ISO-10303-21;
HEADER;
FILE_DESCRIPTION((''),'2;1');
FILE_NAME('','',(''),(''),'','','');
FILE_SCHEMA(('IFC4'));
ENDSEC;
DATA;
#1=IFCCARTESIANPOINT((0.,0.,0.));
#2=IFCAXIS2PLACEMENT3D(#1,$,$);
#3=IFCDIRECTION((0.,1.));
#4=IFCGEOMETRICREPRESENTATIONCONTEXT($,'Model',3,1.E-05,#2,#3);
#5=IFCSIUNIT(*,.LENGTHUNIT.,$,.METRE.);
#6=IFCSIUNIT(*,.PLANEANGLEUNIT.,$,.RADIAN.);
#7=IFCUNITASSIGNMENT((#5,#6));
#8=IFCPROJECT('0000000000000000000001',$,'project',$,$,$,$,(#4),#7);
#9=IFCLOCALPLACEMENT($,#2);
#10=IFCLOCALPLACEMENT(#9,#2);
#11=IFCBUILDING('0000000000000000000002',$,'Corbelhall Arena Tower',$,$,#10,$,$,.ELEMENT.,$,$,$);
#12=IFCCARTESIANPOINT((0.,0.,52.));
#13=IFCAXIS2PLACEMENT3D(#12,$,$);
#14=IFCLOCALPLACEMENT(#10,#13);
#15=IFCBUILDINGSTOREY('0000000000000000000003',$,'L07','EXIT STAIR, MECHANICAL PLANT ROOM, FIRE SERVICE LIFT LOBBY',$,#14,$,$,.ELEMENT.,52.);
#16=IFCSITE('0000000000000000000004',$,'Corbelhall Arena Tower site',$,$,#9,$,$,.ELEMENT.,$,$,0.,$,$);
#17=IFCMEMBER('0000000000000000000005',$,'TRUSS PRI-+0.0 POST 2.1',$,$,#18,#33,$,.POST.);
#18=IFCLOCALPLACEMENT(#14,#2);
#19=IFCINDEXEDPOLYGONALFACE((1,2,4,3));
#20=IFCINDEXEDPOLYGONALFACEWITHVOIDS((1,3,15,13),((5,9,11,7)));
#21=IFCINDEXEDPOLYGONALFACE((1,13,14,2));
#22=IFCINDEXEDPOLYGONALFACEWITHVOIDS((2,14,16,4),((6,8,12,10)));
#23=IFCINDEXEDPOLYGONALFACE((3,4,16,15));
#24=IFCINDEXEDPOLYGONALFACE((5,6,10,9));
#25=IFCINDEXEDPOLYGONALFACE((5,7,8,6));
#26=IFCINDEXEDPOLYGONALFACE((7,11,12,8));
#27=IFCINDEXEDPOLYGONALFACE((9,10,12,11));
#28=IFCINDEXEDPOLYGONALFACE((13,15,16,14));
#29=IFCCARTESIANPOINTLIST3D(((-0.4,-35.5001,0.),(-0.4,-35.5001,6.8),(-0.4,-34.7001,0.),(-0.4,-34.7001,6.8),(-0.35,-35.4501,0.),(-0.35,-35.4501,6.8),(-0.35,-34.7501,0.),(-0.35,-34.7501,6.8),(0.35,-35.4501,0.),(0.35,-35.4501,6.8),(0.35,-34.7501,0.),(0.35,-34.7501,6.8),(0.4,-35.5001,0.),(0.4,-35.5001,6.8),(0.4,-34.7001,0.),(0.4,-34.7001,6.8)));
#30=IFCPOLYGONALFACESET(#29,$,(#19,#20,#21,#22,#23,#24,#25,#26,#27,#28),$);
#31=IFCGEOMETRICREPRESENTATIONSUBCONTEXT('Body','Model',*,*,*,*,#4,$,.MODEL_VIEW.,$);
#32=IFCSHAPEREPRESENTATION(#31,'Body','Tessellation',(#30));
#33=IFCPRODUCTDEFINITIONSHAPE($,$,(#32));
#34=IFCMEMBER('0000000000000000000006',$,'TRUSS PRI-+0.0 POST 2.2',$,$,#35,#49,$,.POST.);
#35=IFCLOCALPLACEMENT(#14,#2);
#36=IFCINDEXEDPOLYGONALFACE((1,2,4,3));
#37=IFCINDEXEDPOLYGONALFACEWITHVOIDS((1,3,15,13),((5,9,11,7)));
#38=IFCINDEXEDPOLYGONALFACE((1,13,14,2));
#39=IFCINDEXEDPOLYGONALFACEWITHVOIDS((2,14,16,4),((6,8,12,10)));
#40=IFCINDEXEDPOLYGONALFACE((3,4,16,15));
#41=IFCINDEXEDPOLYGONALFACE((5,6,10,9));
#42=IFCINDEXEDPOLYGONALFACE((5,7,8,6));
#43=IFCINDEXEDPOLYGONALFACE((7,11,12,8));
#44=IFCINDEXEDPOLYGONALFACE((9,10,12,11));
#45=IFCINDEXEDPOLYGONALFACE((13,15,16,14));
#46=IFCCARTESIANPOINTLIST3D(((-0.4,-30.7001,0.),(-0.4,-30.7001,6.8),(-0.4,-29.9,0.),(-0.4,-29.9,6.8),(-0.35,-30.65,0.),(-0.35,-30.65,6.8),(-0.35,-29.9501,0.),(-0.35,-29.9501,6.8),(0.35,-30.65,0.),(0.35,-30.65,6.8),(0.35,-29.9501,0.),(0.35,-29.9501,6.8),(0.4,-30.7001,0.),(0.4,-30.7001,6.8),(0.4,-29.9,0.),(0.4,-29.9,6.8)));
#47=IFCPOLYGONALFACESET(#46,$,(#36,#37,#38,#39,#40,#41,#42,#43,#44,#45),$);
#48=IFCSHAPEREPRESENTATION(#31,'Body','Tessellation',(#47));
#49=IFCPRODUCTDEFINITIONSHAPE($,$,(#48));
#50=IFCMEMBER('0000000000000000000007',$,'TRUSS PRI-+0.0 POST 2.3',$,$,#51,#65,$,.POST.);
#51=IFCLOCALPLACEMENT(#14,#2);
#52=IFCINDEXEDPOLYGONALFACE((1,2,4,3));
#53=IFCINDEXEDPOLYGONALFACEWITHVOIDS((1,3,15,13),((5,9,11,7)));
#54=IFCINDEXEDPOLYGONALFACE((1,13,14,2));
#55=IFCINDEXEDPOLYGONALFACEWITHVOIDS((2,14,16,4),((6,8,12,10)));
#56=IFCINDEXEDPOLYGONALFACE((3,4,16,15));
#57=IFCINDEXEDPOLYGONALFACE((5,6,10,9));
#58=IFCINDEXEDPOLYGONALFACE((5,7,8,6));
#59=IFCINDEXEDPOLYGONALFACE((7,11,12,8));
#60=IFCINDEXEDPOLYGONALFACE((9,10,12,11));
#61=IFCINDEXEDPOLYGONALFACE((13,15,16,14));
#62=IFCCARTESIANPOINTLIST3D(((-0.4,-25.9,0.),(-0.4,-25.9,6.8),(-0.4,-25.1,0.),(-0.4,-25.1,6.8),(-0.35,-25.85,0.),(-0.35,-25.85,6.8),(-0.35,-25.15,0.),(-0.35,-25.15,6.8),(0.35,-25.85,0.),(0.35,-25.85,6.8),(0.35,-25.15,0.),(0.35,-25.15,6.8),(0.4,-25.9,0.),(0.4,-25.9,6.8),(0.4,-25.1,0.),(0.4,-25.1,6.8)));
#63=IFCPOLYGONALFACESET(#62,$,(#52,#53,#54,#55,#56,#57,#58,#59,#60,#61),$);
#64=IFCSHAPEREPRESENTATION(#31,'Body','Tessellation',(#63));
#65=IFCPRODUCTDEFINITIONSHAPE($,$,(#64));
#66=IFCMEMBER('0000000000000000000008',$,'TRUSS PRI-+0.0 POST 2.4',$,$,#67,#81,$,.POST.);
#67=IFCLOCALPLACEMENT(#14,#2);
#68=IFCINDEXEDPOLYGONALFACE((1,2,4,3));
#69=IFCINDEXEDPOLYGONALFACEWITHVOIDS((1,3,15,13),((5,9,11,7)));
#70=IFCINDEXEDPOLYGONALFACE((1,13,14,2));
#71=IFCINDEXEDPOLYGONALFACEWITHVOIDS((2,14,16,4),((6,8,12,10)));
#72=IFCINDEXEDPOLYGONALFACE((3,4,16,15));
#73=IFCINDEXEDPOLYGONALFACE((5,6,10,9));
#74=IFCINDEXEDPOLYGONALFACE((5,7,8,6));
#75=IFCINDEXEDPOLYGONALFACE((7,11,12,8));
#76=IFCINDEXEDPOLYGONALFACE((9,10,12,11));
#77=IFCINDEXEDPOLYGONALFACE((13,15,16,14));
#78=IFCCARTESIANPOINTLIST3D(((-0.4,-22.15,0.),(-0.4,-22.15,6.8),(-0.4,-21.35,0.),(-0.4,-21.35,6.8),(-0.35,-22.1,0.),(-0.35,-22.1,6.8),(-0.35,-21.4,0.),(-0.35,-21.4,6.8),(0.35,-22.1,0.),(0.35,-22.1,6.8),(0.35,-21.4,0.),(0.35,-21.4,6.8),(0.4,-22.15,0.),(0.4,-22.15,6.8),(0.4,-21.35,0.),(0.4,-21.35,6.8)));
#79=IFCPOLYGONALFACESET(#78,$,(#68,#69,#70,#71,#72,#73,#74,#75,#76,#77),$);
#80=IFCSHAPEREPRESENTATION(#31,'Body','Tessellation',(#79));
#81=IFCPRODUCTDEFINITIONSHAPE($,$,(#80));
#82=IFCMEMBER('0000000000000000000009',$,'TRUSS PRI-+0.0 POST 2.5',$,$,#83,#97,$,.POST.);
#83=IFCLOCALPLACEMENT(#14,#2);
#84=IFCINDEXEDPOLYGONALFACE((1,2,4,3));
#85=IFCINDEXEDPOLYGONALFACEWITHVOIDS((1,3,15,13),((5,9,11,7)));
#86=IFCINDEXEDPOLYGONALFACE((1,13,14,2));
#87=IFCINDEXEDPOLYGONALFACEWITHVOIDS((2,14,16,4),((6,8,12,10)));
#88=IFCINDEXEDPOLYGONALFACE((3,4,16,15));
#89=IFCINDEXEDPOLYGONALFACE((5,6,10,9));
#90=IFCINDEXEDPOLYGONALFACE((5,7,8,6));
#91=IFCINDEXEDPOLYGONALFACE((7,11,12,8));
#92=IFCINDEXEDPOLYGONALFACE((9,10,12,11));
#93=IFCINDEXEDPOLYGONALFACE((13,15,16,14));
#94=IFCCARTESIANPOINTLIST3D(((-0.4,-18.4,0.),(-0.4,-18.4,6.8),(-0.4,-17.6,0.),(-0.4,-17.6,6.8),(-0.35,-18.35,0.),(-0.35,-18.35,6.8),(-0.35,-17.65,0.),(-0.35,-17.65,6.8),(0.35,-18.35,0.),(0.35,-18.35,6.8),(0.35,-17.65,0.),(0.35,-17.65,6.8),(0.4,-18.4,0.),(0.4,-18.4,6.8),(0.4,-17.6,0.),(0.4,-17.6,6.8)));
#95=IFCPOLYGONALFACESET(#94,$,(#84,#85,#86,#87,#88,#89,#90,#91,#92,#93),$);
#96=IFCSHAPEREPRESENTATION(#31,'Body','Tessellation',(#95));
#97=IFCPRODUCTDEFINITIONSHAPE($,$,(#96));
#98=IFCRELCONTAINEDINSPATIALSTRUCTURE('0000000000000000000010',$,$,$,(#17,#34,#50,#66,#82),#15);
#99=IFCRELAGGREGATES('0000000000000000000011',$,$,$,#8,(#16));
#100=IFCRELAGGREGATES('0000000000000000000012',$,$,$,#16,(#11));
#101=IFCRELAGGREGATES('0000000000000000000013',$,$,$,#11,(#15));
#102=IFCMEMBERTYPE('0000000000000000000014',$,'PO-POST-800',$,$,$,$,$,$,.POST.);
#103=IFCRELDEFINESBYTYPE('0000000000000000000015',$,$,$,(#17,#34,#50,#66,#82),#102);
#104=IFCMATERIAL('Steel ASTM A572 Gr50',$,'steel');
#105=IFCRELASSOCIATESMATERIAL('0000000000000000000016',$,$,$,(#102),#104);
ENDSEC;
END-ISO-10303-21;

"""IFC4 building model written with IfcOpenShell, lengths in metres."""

from ifc_helpers import new_model, si_unit, direction, frame, origin, origin_2d, place, context, subcontext, project, spatial, hollow_rectangle, extrude, material, material_profile, profile_set, type_object, element, save


model = new_model("IFC4")

# Units and contexts
model_context = context("Model", 3, precision=1e-05, world=origin(), true_north=direction((0.0, 1.0)))
body_context = subcontext(model_context, "Body", "Model", "MODEL_VIEW")
ifc_project = project(units=[si_unit("LENGTHUNIT", "METRE"), si_unit("PLANEANGLEUNIT", "RADIAN")], contexts=[model_context])

# Site, building, storey
site_placement = place(None, origin())
site = spatial("IfcSite", under=ifc_project, at=site_placement, Name="Corbelhall Arena Tower site", CompositionType="ELEMENT", RefElevation=0.0)
building_placement = place(site_placement, origin())
building = spatial("IfcBuilding", under=site, at=building_placement, Name="Corbelhall Arena Tower", CompositionType="ELEMENT")
storey_placement = place(building_placement, frame((0.0, 0.0, 52.0)))
storey = spatial("IfcBuildingStorey", under=building, at=storey_placement, Name="L07", Description="EXIT STAIR, MECHANICAL PLANT ROOM, FIRE SERVICE LIFT LOBBY", CompositionType="ELEMENT", Elevation=52.0)

# Members
ifc_material_1 = material(Name="Steel ASTM A572 Gr50", Category="steel")
ifc_material_profile_1 = material_profile(ifc_material_1, hollow_rectangle(XDim=0.8, YDim=0.8, WallThickness=0.05, at=origin_2d()))
ifc_profile_set_1 = profile_set([ifc_material_profile_1], Name="Steel ASTM A572 Gr50")
member_type_1 = type_object("IfcMemberType", Name="PO-POST-800", PredefinedType="POST", material=ifc_profile_set_1)
for number, where, z_axis, x_axis, name in (
    (1, (0.0, -35.1001, 0.0), (0.0, 0.0, 1.0), (1.0, 0.0, 0.0), "TRUSS PRI-+0.0 POST 2.1"),
    (2, (0.0, -30.3, 0.0), (0.0, 0.0, 1.0), (1.0, 0.0, 0.0), "TRUSS PRI-+0.0 POST 2.2"),
    (3, (0.0, -25.5, 0.0), (0.0, 0.0, 1.0), (1.0, 0.0, 0.0), "TRUSS PRI-+0.0 POST 2.3"),
    (4, (0.0, -21.75, 0.0), (0.0, 0.0, 1.0), (1.0, 0.0, 0.0), "TRUSS PRI-+0.0 POST 2.4"),
    (5, (0.0, -18.0, 0.0), (0.0, 0.0, 1.0), (1.0, 0.0, 0.0), "TRUSS PRI-+0.0 POST 2.5"),
):
    element("IfcMember", number, at=place(storey_placement, frame(where, z_axis=z_axis, x_axis=x_axis)), inside=storey, type_object=member_type_1, Name=name, PredefinedType="POST", context=body_context, shape_type="SweptSolid", body=[
        extrude(hollow_rectangle(XDim=0.8, YDim=0.8, WallThickness=0.05, at=origin_2d()), origin(), (0.0, 0.0, 1.0), 6.8),
    ])

save(model, "model.ifc")
